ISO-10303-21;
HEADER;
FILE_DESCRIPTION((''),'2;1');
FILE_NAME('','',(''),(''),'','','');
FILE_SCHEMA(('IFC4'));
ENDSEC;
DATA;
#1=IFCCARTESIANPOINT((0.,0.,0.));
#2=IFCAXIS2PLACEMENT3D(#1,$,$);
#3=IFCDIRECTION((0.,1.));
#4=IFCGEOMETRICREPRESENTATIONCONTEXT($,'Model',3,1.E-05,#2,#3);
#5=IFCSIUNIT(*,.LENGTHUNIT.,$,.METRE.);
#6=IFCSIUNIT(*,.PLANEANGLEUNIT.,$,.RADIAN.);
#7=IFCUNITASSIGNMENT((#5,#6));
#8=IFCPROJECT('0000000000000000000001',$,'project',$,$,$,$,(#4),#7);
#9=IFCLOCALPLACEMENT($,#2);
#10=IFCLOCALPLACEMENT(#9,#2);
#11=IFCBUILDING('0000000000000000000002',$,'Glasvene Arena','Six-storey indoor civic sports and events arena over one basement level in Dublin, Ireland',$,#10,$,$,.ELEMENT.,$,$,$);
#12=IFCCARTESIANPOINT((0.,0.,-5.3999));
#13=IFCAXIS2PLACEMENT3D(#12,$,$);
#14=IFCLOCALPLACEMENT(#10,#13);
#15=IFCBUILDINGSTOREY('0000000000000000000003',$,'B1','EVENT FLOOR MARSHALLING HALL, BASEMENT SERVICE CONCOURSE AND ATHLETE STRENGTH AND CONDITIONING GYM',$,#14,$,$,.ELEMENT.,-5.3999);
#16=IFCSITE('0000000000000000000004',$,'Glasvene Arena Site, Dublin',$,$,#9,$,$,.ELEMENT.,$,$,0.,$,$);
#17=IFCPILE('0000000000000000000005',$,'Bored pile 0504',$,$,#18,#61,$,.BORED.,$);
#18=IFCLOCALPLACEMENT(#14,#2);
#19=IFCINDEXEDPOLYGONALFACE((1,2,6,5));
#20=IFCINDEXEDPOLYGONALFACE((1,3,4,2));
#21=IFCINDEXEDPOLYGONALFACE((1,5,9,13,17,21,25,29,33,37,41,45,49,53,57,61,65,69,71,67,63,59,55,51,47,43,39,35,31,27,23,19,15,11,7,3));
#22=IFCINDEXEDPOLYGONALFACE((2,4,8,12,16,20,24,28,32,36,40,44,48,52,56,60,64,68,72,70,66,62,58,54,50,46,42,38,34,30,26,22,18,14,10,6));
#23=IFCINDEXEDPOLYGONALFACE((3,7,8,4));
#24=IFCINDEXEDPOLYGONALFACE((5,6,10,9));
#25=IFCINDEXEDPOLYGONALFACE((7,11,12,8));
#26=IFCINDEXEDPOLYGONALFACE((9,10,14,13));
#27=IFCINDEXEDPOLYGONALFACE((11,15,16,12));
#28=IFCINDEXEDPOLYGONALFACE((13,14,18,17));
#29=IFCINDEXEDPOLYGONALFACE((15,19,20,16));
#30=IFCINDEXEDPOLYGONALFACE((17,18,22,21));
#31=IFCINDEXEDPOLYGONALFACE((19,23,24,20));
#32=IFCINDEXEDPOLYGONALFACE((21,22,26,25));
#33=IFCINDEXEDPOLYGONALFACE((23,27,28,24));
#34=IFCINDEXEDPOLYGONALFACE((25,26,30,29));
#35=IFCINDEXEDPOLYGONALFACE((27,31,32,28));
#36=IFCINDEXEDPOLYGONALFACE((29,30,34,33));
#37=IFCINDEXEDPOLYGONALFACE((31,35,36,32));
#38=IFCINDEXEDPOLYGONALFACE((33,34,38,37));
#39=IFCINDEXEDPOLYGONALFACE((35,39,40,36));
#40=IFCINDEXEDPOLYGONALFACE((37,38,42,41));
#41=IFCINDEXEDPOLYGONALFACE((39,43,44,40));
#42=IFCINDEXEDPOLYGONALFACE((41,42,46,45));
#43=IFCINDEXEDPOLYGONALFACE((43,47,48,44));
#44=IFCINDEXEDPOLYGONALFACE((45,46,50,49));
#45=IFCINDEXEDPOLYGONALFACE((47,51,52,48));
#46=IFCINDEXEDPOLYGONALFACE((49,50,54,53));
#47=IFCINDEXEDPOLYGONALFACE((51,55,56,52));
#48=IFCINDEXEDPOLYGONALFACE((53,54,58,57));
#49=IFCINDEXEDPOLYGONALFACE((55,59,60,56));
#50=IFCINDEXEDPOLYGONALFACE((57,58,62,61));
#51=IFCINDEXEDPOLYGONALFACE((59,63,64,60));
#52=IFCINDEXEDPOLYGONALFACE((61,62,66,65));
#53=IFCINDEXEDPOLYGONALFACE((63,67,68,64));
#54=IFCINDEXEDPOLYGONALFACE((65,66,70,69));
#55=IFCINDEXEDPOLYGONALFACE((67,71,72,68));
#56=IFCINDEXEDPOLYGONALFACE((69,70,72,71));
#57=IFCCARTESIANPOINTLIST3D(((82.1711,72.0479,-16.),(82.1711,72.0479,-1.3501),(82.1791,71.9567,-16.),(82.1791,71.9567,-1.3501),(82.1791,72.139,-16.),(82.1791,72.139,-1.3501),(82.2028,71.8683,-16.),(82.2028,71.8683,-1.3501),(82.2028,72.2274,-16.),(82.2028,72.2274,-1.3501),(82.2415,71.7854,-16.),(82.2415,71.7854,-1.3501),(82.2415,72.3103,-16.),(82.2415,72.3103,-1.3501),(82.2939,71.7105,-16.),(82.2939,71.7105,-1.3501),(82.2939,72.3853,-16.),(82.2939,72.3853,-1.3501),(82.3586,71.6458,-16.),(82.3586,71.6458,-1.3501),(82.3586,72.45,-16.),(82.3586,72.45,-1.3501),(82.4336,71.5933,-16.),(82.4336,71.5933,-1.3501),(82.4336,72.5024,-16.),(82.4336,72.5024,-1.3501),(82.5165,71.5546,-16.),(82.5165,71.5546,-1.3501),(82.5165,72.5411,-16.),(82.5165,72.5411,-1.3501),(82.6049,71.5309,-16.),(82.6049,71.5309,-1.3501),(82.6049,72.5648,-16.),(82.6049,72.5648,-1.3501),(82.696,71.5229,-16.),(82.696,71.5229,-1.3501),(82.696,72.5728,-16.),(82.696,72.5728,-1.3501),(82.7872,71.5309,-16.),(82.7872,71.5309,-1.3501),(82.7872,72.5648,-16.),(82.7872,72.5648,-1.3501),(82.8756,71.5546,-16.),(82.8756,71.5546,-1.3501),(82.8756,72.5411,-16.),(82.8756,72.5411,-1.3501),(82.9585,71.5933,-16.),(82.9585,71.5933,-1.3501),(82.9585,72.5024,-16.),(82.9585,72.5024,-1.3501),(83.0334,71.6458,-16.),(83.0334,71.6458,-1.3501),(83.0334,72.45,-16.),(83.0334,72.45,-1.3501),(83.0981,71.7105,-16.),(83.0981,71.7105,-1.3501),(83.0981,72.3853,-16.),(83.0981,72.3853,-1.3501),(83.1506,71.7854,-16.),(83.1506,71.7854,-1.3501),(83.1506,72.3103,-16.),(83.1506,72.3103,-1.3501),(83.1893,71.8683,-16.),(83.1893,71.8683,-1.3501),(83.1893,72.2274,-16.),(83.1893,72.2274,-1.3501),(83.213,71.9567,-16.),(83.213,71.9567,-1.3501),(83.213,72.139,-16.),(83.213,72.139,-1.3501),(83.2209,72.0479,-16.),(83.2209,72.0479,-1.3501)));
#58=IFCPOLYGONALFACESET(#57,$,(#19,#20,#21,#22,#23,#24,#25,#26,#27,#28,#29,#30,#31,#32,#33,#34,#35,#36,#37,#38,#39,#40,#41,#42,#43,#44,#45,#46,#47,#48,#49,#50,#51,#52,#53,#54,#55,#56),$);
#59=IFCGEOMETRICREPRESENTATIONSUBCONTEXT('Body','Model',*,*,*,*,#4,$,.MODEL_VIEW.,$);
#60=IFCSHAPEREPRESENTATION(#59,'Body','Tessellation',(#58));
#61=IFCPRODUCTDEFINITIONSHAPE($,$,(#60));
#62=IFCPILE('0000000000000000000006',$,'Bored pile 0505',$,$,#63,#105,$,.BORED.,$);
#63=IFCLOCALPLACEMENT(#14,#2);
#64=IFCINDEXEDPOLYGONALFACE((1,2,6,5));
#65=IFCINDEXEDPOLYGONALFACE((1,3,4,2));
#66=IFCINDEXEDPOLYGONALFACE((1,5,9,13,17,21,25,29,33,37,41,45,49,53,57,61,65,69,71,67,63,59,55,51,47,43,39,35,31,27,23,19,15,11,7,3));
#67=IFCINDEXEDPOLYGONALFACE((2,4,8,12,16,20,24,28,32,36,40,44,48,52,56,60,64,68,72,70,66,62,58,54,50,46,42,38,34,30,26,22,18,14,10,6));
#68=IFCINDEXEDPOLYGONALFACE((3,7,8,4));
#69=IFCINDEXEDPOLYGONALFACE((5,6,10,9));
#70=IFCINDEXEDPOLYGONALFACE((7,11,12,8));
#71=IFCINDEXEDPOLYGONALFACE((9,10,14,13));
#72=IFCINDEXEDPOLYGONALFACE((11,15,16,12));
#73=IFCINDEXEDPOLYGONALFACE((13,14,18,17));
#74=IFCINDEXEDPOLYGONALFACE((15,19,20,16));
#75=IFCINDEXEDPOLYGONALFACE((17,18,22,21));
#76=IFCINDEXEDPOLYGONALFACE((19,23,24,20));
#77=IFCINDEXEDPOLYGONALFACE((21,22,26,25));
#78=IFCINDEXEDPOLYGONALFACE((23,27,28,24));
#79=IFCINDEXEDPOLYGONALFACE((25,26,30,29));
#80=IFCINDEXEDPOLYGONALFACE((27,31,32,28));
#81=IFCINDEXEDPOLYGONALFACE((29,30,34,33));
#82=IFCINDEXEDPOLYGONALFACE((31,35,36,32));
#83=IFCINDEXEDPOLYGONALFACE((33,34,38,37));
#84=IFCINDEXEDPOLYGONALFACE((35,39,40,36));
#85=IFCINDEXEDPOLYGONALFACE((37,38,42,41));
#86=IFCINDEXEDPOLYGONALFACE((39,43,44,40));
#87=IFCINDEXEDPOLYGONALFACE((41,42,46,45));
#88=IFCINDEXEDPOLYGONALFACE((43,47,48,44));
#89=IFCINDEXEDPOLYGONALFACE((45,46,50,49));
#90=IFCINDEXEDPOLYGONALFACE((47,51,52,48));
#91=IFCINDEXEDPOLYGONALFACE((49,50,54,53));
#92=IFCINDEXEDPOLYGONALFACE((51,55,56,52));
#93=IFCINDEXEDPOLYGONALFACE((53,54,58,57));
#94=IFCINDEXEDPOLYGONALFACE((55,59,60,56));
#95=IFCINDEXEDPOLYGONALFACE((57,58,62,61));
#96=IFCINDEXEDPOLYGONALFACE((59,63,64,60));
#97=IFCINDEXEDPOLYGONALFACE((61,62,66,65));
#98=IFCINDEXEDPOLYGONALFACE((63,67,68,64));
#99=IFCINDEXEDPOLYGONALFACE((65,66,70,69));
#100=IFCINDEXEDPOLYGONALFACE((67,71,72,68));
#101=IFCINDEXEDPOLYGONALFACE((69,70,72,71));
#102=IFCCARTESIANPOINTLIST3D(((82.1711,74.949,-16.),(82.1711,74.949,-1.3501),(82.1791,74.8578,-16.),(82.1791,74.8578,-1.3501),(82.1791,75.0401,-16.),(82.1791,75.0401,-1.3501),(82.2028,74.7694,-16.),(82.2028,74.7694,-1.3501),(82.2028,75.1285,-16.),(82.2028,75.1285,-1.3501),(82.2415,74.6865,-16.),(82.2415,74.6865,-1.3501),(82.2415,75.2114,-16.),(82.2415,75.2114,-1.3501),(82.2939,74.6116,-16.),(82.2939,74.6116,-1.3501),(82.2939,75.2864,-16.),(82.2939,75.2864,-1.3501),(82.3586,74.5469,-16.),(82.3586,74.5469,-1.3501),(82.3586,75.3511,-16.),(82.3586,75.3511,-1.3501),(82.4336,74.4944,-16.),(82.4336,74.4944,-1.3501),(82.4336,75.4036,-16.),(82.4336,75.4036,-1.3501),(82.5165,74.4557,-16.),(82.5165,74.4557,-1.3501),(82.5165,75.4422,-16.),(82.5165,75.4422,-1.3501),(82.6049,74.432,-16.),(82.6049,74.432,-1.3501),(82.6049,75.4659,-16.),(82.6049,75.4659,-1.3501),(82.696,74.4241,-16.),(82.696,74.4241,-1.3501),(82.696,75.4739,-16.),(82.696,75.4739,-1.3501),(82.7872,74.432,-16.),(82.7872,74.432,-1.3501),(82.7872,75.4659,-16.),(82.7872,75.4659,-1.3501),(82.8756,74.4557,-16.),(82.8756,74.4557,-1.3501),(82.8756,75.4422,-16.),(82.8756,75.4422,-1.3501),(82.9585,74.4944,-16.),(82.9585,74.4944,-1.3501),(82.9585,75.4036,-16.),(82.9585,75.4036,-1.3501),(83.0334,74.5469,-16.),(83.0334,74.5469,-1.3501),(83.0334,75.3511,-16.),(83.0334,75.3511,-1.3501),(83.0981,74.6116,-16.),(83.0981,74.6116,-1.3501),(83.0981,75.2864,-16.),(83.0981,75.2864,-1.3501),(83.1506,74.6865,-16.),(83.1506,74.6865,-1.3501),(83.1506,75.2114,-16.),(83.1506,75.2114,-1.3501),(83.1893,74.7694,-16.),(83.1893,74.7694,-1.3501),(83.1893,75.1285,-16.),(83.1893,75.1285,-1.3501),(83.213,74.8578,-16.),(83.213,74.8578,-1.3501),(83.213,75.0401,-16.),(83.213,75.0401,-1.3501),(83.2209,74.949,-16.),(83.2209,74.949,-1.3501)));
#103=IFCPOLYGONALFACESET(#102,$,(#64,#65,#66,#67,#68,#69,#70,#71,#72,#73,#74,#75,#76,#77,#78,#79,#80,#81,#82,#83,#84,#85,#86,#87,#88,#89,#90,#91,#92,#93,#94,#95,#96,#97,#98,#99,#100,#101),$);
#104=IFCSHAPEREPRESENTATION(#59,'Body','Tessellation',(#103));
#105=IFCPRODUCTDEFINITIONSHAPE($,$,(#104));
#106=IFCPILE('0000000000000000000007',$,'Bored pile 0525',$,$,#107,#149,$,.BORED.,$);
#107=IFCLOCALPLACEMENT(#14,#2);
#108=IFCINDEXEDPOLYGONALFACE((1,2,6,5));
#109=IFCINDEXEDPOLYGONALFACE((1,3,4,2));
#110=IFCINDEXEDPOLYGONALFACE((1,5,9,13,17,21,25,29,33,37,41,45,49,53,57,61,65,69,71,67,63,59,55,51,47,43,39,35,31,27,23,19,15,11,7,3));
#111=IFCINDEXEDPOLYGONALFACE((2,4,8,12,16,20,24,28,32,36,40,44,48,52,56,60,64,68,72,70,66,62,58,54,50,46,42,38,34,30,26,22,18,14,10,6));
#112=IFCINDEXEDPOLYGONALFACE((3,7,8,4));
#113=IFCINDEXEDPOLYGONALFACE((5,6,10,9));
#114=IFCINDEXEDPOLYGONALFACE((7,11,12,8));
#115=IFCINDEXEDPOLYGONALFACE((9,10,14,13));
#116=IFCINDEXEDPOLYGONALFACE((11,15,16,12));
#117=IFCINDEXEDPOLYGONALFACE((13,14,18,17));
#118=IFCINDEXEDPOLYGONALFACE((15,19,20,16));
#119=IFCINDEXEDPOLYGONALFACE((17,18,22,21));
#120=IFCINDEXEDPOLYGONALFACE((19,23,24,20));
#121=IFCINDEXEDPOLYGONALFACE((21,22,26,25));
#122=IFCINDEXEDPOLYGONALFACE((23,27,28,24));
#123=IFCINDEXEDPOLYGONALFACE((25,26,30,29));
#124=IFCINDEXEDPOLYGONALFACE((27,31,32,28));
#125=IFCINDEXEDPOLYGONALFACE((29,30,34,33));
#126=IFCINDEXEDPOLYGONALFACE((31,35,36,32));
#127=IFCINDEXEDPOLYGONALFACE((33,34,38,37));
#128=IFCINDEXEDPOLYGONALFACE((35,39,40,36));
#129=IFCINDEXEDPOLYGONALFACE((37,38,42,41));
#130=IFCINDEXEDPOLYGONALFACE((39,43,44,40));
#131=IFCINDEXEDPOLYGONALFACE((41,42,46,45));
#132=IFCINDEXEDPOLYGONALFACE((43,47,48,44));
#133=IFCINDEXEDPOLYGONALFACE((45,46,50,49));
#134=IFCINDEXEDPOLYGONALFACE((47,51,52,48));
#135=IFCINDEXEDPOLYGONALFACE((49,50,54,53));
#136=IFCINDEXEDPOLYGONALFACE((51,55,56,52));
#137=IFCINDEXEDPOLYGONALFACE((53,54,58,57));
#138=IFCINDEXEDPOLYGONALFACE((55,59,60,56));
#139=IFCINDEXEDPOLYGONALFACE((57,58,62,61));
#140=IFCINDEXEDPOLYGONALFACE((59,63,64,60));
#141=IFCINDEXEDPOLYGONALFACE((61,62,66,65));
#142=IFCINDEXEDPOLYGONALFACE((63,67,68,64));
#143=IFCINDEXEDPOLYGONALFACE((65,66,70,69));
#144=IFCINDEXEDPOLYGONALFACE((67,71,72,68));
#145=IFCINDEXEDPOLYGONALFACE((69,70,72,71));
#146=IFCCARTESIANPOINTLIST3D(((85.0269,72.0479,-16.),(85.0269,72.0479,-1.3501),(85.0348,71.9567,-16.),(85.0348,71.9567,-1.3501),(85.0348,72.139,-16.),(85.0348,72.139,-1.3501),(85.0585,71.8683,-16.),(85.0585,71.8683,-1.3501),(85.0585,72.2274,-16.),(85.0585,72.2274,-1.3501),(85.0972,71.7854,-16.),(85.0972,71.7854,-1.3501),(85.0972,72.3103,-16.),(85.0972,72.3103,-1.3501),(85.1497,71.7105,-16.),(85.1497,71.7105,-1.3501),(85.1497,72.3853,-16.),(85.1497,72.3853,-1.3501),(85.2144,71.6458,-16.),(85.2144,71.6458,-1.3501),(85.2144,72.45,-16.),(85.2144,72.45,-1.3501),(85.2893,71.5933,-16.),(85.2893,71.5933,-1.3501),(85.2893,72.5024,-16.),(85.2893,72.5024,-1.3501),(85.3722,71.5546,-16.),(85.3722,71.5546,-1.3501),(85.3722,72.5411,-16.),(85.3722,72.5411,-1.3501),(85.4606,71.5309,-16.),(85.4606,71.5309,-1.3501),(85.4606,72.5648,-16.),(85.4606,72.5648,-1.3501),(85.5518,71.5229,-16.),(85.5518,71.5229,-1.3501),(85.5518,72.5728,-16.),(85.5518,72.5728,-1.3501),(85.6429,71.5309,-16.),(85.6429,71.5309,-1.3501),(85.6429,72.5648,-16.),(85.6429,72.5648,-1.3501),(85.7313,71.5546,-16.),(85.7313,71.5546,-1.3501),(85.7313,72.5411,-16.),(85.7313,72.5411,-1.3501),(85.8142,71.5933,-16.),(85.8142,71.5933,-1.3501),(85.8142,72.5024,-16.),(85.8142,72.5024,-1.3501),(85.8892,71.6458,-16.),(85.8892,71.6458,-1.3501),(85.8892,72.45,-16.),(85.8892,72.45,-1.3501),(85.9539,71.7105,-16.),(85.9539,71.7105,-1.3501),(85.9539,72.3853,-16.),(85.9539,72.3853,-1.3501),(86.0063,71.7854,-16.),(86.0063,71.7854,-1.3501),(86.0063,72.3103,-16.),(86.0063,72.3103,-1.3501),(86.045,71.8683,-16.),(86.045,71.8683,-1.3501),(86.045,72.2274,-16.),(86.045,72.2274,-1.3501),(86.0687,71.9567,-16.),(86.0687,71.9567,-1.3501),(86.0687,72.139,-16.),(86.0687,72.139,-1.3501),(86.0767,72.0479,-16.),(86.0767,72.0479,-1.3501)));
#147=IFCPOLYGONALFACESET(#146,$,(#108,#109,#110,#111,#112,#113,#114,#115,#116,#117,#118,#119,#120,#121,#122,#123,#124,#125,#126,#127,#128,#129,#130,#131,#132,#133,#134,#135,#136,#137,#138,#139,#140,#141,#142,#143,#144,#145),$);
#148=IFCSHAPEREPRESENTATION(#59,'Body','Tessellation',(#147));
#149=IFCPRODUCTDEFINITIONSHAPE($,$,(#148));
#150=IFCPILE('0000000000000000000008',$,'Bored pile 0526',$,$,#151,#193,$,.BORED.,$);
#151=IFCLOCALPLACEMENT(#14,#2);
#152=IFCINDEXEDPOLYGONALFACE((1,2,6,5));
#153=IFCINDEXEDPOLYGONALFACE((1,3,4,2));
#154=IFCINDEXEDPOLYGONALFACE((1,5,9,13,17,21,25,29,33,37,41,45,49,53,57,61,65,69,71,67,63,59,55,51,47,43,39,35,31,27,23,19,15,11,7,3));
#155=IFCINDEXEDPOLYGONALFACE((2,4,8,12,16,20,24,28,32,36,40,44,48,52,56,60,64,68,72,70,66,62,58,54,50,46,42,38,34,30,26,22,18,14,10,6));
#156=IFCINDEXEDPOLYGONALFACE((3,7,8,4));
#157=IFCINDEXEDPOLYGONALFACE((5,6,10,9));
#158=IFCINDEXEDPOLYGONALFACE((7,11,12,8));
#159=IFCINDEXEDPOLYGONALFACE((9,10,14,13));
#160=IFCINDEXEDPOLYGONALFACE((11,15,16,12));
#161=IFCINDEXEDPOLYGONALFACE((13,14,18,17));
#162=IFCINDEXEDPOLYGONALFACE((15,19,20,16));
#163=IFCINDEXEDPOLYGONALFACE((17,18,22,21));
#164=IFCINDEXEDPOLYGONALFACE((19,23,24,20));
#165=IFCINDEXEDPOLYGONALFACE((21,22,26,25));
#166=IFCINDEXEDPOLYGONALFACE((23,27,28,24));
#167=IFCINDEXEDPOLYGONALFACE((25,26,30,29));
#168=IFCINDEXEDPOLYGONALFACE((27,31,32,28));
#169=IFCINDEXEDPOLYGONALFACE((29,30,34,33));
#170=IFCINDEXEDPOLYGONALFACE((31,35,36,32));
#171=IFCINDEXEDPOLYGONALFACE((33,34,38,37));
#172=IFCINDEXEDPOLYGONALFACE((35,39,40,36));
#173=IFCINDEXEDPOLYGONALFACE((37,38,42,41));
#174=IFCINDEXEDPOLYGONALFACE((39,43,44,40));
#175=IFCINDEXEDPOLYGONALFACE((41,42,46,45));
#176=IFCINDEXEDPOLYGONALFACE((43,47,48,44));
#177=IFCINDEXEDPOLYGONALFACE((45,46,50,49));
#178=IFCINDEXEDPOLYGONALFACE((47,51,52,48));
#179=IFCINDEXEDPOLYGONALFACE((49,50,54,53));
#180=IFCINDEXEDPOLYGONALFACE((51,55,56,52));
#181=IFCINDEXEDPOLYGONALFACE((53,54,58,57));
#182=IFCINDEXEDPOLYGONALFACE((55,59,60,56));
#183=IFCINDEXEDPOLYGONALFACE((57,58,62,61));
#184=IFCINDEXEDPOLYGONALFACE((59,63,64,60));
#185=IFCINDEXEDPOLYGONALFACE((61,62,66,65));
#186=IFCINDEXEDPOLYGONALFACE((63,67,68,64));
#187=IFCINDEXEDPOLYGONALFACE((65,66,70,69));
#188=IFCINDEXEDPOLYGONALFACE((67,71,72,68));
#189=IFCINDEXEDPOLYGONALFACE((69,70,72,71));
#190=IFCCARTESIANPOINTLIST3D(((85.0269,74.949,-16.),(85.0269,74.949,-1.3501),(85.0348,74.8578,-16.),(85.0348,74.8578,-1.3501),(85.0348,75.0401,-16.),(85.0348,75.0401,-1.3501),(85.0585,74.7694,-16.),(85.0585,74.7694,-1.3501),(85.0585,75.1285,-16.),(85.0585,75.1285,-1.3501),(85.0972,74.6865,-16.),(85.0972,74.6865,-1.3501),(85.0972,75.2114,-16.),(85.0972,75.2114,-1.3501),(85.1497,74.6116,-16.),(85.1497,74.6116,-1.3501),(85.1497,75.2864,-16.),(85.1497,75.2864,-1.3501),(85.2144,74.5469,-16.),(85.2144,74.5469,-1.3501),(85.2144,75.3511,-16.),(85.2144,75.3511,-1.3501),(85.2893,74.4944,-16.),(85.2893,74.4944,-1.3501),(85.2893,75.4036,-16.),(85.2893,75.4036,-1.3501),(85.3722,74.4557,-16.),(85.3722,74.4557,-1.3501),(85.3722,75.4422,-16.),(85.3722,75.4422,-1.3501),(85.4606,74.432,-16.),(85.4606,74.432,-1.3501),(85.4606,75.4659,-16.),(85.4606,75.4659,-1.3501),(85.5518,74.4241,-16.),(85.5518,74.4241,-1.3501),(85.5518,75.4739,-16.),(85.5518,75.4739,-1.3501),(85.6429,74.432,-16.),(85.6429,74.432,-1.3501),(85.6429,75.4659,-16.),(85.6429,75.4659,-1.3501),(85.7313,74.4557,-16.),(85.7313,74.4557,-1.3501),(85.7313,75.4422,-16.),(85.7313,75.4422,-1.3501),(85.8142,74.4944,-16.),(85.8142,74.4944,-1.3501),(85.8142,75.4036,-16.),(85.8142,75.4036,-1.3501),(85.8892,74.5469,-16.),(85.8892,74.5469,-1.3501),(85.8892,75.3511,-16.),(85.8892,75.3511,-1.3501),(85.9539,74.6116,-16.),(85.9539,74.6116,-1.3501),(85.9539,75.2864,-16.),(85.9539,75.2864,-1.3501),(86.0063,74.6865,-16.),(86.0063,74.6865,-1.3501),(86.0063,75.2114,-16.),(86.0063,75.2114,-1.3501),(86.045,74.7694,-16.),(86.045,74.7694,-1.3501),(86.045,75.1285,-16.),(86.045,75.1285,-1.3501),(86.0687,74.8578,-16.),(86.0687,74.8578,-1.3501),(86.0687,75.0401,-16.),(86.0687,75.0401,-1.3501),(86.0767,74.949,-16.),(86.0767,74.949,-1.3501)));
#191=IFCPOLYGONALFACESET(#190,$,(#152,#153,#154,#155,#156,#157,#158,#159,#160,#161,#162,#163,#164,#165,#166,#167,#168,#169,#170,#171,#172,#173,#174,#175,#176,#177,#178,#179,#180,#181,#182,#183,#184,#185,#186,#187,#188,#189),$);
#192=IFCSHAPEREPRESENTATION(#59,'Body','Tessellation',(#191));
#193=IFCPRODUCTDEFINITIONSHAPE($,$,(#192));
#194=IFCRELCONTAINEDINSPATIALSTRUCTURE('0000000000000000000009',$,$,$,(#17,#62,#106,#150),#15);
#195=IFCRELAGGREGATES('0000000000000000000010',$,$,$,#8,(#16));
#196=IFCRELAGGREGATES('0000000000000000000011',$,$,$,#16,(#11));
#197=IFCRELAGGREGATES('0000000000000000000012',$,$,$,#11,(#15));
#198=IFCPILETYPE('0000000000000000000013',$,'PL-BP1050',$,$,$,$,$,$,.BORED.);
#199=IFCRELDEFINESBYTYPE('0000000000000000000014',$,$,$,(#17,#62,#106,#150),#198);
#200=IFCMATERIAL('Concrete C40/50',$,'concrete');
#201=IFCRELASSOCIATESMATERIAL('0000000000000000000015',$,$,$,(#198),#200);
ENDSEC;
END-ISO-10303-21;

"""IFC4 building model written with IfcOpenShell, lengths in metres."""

from ifc_helpers import new_model, si_unit, direction, frame, origin, origin_2d, place, context, subcontext, project, spatial, circle, extrude, material, material_profile, profile_set, type_object, element, save


model = new_model("IFC4")

# Units and contexts
model_context = context("Model", 3, precision=1e-05, world=origin(), true_north=direction((0.0, 1.0)))
body_context = subcontext(model_context, "Body", "Model", "MODEL_VIEW")
ifc_project = project(units=[si_unit("LENGTHUNIT", "METRE"), si_unit("PLANEANGLEUNIT", "RADIAN")], contexts=[model_context])

# Site, building, storey
site_placement = place(None, origin())
site = spatial("IfcSite", under=ifc_project, at=site_placement, Name="Glasvene Arena Site, Dublin", CompositionType="ELEMENT", RefElevation=0.0)
building_placement = place(site_placement, origin())
building = spatial("IfcBuilding", under=site, at=building_placement, Name="Glasvene Arena", Description="Six-storey indoor civic sports and events arena over one basement level in Dublin, Ireland", CompositionType="ELEMENT")
storey_placement = place(building_placement, frame((0.0, 0.0, -5.3999)))
storey = spatial("IfcBuildingStorey", under=building, at=storey_placement, Name="B1", Description="EVENT FLOOR MARSHALLING HALL, BASEMENT SERVICE CONCOURSE AND ATHLETE STRENGTH AND CONDITIONING GYM", CompositionType="ELEMENT", Elevation=-5.3999)

# Piles
ifc_material = material(Name="Concrete C40/50", Category="concrete")
ifc_material_profile = material_profile(ifc_material, circle(Radius=0.5249, at=origin_2d()), Name="BORED PILE 1050")
ifc_profile_set = profile_set([ifc_material_profile], Name="Concrete C40/50")
pile_type = type_object("IfcPileType", Name="PL-BP1050", PredefinedType="BORED", material=ifc_profile_set)
for number, where, z_axis, x_axis, name in (
    (1, (82.696, 72.0479, -1.3501), (0.0, 0.0, -1.0), (1.0, 0.0, 0.0), "Bored pile 0504"),
    (2, (82.696, 74.949, -1.3501), (0.0, 0.0, -1.0), (1.0, 0.0, 0.0), "Bored pile 0505"),
    (3, (85.5518, 72.0479, -1.3501), (0.0, 0.0, -1.0), (1.0, 0.0, 0.0), "Bored pile 0525"),
    (4, (85.5518, 74.949, -1.3501), (0.0, 0.0, -1.0), (1.0, 0.0, 0.0), "Bored pile 0526"),
):
    element("IfcPile", number, at=place(storey_placement, frame(where, z_axis=z_axis, x_axis=x_axis)), inside=storey, type_object=pile_type, Name=name, PredefinedType="BORED", context=body_context, shape_type="SweptSolid", body=[
        extrude(circle(Radius=0.5249, at=origin_2d()), origin(), (0.0, 0.0, 1.0), 14.6499),
    ])

save(model, "model.ifc")
